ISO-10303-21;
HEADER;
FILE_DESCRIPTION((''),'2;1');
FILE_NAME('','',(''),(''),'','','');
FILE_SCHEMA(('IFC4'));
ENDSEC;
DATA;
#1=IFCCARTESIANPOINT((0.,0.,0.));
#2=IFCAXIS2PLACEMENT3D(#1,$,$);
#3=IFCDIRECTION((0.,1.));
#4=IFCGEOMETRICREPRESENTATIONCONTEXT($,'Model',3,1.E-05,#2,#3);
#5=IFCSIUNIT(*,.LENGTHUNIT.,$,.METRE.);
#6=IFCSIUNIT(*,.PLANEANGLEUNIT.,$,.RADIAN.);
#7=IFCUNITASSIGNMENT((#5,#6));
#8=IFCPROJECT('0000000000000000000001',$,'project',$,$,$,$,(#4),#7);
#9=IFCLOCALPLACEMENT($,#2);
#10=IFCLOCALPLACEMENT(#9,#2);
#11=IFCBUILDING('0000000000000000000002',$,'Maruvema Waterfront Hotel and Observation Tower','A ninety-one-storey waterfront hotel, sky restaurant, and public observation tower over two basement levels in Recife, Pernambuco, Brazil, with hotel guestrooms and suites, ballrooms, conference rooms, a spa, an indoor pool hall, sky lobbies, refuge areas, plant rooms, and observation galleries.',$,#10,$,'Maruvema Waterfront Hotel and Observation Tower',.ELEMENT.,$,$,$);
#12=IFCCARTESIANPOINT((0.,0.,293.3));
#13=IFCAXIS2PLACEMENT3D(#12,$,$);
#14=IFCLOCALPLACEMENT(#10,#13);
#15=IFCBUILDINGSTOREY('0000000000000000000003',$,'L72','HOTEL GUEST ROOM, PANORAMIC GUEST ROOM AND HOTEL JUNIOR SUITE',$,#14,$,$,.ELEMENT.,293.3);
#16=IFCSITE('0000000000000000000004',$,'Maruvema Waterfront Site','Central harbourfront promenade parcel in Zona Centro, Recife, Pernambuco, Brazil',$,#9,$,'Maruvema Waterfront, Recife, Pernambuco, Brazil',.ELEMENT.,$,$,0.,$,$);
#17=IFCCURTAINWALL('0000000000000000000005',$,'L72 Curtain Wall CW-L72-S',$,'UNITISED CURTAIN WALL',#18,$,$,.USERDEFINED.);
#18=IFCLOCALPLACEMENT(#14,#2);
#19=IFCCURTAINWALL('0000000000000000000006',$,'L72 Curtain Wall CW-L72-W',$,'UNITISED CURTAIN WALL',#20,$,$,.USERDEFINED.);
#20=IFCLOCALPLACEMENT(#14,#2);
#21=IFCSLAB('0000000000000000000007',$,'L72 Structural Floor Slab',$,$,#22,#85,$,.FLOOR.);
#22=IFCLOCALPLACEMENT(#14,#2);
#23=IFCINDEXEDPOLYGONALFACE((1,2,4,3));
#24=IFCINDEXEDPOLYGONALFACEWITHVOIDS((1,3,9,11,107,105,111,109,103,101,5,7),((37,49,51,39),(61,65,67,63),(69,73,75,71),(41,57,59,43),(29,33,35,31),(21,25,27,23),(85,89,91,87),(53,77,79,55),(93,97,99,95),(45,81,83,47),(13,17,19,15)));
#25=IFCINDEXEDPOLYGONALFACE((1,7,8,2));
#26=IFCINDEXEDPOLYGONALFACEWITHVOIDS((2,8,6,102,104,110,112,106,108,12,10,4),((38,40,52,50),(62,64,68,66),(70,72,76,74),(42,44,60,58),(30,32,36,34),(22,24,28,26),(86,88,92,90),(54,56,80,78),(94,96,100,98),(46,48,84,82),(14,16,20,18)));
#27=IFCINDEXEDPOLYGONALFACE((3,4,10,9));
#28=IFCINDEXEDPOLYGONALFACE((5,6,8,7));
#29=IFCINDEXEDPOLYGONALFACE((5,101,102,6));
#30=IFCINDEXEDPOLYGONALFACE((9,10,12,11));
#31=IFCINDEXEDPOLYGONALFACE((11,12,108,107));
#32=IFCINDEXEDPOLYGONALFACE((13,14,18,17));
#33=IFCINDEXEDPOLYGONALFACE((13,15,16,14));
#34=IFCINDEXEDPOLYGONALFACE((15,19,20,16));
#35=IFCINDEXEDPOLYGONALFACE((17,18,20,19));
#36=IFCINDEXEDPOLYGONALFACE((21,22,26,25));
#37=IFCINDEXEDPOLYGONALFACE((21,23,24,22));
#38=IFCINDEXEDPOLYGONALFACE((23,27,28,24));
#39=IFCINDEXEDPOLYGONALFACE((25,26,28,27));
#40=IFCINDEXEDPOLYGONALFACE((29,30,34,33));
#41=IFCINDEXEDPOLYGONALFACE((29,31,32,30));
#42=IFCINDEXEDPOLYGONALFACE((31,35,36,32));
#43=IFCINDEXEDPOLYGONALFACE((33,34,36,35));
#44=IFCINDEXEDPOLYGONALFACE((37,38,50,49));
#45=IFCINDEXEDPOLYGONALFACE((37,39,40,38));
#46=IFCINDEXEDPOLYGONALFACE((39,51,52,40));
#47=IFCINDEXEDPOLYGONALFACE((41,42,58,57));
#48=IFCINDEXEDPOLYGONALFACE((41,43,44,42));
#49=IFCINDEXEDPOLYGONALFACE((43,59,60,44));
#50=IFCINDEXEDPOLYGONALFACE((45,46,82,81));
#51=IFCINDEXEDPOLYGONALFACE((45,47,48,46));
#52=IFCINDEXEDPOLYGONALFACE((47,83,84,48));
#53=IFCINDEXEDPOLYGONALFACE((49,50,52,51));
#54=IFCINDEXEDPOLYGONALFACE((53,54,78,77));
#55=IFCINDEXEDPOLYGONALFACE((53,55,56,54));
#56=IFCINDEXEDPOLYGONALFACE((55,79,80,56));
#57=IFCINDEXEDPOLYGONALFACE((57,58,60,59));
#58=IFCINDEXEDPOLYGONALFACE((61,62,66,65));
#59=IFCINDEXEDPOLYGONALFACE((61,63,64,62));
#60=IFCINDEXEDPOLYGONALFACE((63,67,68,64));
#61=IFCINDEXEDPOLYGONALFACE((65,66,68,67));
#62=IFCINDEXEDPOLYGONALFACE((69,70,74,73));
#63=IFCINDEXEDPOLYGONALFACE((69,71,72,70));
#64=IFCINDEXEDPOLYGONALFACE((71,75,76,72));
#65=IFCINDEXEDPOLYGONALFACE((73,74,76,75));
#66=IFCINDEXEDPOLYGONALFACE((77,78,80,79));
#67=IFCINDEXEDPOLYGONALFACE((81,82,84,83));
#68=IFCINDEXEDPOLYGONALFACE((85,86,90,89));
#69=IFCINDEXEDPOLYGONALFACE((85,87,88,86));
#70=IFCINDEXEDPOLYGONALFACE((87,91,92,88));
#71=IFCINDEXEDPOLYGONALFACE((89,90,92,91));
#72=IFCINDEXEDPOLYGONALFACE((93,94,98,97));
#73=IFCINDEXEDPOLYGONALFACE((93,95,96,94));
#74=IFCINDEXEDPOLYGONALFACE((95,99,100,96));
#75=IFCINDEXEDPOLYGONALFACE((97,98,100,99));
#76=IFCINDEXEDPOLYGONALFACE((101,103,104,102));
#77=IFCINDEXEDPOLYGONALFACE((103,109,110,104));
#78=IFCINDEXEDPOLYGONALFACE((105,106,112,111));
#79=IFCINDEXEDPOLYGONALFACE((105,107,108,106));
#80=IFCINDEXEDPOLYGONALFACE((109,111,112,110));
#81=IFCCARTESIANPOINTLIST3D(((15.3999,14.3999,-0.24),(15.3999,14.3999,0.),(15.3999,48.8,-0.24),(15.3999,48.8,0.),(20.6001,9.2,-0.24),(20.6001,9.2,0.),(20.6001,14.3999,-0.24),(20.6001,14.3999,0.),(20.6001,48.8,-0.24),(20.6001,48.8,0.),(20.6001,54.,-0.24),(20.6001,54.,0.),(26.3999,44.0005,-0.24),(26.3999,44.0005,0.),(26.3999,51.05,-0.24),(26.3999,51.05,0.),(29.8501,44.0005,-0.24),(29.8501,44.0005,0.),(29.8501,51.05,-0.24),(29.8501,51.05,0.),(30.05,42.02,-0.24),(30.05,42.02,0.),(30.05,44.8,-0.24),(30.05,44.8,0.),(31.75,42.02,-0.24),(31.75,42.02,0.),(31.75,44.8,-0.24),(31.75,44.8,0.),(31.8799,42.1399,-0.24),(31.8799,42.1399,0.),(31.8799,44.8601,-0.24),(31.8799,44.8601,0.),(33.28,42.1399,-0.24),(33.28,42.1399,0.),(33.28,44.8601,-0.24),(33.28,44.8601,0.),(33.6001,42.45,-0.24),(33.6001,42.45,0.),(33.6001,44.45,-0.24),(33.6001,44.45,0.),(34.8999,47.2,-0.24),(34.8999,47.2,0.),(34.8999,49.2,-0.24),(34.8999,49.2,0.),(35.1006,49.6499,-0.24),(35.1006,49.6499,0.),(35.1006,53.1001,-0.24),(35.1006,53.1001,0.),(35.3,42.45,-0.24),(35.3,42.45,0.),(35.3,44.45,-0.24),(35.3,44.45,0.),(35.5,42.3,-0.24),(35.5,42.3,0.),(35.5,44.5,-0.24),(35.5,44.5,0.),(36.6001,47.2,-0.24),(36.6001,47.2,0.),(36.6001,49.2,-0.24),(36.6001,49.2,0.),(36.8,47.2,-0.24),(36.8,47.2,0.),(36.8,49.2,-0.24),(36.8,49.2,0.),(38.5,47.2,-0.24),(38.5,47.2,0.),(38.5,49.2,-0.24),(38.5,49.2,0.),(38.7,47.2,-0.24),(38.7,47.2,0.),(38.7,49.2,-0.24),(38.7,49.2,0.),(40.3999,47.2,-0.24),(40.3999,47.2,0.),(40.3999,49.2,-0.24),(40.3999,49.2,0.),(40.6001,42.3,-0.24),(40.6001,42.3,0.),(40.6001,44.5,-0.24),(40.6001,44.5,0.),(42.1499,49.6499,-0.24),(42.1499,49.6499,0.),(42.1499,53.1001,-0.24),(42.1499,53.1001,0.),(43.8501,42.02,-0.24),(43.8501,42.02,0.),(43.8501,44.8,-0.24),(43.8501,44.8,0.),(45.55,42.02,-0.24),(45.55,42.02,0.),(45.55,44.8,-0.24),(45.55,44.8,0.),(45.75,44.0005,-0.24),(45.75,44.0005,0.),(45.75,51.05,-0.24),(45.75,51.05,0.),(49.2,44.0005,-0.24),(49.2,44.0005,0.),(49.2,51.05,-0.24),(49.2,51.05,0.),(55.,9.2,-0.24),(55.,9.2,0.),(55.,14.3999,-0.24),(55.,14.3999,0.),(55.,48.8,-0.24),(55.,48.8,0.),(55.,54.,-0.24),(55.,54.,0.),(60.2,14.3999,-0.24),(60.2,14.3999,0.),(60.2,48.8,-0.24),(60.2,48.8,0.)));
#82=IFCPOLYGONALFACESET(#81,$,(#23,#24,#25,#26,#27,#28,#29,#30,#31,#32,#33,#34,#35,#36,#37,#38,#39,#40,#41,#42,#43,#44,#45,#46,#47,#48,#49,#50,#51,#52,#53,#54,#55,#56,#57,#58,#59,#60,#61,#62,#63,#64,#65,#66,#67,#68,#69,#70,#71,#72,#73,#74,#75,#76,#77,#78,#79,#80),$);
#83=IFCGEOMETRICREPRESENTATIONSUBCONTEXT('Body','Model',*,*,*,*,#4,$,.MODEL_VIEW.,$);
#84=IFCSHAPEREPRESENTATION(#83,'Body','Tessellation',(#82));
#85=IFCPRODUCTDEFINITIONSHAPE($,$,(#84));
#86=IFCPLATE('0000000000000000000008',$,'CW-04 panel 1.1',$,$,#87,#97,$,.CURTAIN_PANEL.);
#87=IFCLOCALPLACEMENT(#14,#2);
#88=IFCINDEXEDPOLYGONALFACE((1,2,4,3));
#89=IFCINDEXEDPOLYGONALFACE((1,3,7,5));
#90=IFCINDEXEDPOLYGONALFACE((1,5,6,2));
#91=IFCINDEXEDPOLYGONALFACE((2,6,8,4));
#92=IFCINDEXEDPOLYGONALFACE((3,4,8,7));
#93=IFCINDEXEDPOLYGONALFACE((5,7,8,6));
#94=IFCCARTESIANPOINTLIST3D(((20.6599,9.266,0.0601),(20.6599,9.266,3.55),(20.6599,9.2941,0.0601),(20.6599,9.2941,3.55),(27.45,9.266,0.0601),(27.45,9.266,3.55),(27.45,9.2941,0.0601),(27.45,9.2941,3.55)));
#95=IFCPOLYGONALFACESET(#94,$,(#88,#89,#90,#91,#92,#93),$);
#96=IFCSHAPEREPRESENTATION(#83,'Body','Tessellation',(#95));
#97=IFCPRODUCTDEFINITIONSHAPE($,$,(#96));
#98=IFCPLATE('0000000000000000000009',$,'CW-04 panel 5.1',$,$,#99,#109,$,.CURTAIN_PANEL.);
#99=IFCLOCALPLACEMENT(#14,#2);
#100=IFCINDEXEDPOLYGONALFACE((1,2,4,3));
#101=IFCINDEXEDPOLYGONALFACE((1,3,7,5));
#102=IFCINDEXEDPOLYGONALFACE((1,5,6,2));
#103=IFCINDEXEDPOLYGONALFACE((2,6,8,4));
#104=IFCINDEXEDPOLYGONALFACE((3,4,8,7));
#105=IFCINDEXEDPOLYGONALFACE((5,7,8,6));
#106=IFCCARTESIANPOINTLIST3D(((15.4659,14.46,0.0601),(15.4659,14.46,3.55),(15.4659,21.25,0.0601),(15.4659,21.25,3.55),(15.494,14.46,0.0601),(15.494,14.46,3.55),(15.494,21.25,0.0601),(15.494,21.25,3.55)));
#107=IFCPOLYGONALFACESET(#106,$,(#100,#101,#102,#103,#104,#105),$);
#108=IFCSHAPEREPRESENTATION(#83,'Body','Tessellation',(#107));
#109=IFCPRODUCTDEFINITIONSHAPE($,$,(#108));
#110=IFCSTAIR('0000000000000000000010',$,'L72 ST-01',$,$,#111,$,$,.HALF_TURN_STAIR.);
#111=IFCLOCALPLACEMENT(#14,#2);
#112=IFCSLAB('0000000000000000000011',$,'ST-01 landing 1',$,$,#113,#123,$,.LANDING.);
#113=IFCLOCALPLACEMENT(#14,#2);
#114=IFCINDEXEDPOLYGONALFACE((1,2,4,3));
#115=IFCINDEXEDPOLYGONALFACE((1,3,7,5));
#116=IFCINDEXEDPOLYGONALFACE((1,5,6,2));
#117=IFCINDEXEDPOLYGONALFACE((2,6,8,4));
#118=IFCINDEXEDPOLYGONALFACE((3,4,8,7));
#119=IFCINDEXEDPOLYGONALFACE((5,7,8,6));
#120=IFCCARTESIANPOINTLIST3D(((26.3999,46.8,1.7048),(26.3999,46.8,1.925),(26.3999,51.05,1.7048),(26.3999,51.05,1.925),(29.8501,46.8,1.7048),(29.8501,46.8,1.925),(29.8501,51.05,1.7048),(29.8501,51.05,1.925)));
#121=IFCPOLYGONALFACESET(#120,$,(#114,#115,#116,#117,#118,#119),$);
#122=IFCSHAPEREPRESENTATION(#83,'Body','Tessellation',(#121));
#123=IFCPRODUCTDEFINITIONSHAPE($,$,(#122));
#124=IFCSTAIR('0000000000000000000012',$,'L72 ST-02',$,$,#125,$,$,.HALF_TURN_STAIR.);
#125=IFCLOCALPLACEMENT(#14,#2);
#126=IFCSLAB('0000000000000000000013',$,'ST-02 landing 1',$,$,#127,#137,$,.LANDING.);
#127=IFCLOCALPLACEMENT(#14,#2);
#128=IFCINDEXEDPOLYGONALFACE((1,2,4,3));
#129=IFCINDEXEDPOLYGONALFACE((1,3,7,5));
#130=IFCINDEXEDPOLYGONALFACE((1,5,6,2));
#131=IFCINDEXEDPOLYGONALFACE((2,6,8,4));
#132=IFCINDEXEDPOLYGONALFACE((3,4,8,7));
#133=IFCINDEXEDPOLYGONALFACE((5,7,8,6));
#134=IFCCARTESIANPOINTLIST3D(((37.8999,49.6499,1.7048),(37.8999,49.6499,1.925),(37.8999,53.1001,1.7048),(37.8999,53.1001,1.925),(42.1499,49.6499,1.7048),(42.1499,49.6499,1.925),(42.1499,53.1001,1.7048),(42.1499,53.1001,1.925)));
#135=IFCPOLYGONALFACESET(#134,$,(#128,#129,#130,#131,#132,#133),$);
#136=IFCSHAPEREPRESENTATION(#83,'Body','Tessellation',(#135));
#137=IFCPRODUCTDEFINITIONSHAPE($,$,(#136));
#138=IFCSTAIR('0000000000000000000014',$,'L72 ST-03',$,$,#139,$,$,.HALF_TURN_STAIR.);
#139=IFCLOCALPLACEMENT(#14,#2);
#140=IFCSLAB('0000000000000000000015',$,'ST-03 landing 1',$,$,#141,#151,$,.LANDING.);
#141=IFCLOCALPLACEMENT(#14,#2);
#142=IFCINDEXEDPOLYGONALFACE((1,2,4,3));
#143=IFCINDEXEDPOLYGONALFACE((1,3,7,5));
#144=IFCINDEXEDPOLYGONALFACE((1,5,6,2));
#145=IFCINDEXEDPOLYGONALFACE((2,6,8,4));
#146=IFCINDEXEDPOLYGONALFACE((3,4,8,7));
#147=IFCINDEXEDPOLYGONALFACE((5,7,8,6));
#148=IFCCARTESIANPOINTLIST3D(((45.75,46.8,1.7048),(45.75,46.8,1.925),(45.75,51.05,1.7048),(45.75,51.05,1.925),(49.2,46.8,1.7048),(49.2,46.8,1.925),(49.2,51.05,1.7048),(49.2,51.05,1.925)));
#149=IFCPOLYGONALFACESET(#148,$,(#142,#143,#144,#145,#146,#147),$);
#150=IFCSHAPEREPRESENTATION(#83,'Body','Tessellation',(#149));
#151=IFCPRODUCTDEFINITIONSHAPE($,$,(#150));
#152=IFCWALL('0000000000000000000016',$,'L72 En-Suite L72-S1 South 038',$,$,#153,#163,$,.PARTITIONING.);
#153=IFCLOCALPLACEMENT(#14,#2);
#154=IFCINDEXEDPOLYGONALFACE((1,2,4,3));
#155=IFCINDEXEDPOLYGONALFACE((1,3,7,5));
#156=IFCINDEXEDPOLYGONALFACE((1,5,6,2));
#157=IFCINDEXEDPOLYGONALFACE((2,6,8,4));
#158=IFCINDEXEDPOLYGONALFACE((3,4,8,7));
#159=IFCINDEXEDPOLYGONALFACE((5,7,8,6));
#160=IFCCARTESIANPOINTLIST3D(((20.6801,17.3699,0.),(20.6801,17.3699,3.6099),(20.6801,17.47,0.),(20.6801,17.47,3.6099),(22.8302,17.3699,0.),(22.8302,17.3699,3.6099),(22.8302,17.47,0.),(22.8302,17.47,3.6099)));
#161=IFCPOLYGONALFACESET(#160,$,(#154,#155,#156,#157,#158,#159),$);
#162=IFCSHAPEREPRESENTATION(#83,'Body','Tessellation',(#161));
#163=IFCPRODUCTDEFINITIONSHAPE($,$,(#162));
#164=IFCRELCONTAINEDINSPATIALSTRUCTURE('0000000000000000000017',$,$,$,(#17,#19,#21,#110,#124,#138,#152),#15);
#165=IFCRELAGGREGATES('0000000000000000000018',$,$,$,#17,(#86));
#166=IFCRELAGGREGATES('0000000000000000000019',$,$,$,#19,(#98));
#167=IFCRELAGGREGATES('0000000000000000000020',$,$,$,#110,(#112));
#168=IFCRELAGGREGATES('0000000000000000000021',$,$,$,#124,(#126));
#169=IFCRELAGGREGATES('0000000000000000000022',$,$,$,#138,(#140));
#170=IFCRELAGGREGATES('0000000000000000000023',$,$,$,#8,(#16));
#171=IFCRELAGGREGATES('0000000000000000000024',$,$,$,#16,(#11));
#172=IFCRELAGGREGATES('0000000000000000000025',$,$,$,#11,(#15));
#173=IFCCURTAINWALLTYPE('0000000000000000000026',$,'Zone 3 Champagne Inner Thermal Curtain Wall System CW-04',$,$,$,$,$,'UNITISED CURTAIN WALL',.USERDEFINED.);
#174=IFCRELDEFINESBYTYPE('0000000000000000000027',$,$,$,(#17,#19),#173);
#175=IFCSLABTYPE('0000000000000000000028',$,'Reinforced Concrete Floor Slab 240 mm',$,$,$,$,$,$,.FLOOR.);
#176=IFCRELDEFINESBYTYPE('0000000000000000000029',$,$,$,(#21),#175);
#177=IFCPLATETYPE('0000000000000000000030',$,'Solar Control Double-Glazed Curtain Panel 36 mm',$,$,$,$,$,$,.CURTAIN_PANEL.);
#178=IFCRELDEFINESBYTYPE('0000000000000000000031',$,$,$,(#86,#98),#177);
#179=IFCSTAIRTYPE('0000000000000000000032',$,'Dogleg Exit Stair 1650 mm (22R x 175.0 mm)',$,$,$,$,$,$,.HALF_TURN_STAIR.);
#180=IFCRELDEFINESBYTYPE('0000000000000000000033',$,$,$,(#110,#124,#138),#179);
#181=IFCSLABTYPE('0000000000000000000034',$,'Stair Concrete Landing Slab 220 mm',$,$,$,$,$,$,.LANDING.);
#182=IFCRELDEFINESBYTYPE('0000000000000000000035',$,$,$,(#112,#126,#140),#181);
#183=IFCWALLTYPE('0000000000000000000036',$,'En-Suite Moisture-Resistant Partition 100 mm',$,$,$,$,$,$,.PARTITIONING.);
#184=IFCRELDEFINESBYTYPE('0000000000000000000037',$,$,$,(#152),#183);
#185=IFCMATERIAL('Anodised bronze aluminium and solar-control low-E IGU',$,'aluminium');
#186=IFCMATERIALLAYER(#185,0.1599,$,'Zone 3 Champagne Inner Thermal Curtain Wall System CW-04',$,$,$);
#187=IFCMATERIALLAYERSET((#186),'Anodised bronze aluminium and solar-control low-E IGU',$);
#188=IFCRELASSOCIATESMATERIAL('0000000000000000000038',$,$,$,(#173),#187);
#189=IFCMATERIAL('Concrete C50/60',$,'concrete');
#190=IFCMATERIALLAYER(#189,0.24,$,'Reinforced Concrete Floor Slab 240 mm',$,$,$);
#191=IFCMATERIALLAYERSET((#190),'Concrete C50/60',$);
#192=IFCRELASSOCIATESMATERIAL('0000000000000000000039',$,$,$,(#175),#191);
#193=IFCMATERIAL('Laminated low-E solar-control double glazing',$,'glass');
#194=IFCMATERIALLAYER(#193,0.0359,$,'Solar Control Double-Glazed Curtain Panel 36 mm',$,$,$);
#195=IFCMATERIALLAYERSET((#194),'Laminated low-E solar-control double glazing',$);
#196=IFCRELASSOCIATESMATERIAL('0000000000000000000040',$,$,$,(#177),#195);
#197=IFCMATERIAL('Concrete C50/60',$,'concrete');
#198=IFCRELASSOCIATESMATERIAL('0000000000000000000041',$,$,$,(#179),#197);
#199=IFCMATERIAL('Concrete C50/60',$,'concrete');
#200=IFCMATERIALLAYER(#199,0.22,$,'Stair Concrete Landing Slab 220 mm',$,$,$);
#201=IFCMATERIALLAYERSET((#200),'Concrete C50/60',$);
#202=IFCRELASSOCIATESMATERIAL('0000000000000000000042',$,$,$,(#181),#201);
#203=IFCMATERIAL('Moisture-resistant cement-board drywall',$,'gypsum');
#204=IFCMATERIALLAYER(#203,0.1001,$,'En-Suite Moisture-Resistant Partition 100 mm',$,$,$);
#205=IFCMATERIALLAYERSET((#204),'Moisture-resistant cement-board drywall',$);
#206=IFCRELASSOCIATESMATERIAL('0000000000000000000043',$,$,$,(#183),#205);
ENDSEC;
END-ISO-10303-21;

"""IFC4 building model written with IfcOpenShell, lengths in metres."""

from ifc_helpers import new_model, si_unit, direction, frame, frame_2d, origin, origin_2d, place, context, subcontext, project, spatial, polyline, rectangle, outline, extrude, material, layer, layer_set, type_object, element, aggregate, save


model = new_model("IFC4")

# Units and contexts
model_context = context("Model", 3, precision=1e-05, world=origin(), true_north=direction((0.0, 1.0)))
body_context = subcontext(model_context, "Body", "Model", "MODEL_VIEW")
ifc_project = project(units=[si_unit("LENGTHUNIT", "METRE"), si_unit("PLANEANGLEUNIT", "RADIAN")], contexts=[model_context])

# Site, building, storey
site_placement = place(None, origin())
site = spatial("IfcSite", under=ifc_project, at=site_placement, Name="Maruvema Waterfront Site", Description="Central harbourfront promenade parcel in Zona Centro, Recife, Pernambuco, Brazil", LongName="Maruvema Waterfront, Recife, Pernambuco, Brazil", CompositionType="ELEMENT", RefElevation=0.0)
building_placement = place(site_placement, origin())
building = spatial("IfcBuilding", under=site, at=building_placement, Name="Maruvema Waterfront Hotel and Observation Tower", Description="A ninety-one-storey waterfront hotel, sky restaurant, and public observation tower over two basement levels in Recife, Pernambuco, Brazil, with hotel guestrooms and suites, ballrooms, conference rooms, a spa, an indoor pool hall, sky lobbies, refuge areas, plant rooms, and observation galleries.", LongName="Maruvema Waterfront Hotel and Observation Tower", CompositionType="ELEMENT")
storey_placement = place(building_placement, frame((0.0, 0.0, 293.3)))
storey = spatial("IfcBuildingStorey", under=building, at=storey_placement, Name="L72", Description="HOTEL GUEST ROOM, PANORAMIC GUEST ROOM AND HOTEL JUNIOR SUITE", CompositionType="ELEMENT", Elevation=293.3)

# Curtain wall
ifc_material_1 = material(Name="Anodised bronze aluminium and solar-control low-E IGU", Category="aluminium")
ifc_layer_1 = layer(ifc_material_1, 0.1599, Name="Zone 3 Champagne Inner Thermal Curtain Wall System CW-04")
ifc_layer_set_1 = layer_set([ifc_layer_1], Name="Anodised bronze aluminium and solar-control low-E IGU")
curtain_wall_type = type_object("IfcCurtainWallType", Name="Zone 3 Champagne Inner Thermal Curtain Wall System CW-04", ElementType="UNITISED CURTAIN WALL", PredefinedType="USERDEFINED", material=ifc_layer_set_1)
curtain_wall_1_placement = place(storey_placement, origin())
curtain_wall_1 = element("IfcCurtainWall", 1, at=curtain_wall_1_placement, inside=storey, type_object=curtain_wall_type, Name="L72 Curtain Wall CW-L72-S", ObjectType="UNITISED CURTAIN WALL", PredefinedType="USERDEFINED")

# Curtain wall
curtain_wall_2_placement = place(storey_placement, origin())
curtain_wall_2 = element("IfcCurtainWall", 2, at=curtain_wall_2_placement, inside=storey, type_object=curtain_wall_type, Name="L72 Curtain Wall CW-L72-W", ObjectType="UNITISED CURTAIN WALL", PredefinedType="USERDEFINED")

# Slab
ifc_material_2 = material(Name="Concrete C50/60", Category="concrete")
ifc_layer_2 = layer(ifc_material_2, 0.24, Name="Reinforced Concrete Floor Slab 240 mm")
ifc_layer_set_2 = layer_set([ifc_layer_2], Name="Concrete C50/60")
slab_type_1 = type_object("IfcSlabType", Name="Reinforced Concrete Floor Slab 240 mm", PredefinedType="FLOOR", material=ifc_layer_set_2)
slab_1_placement = place(storey_placement, frame((0.0, 0.0, -0.24)))
element("IfcSlab", 3, at=slab_1_placement, inside=storey, type_object=slab_type_1, Name="L72 Structural Floor Slab", PredefinedType="FLOOR", context=body_context, shape_type="SweptSolid", body=[
    extrude(outline(polyline([(20.6001, 9.2), (55.0, 9.2), (55.0, 14.3999), (60.2, 14.3999), (60.2, 48.8), (55.0, 48.8), (55.0, 54.0), (20.6001, 54.0), (20.6001, 48.8), (15.3999, 48.8), (15.3999, 14.3999), (20.6001, 14.3999), (20.6001, 9.2)]), holes=[polyline([(26.3999, 44.0005), (26.3999, 51.05), (29.8501, 51.05), (29.8501, 44.0005), (26.3999, 44.0005)]), polyline([(30.05, 44.8), (31.75, 44.8), (31.75, 42.02), (30.05, 42.02), (30.05, 44.8)]), polyline([(31.8799, 42.1399), (31.8799, 44.8601), (33.28, 44.8601), (33.28, 42.1399), (31.8799, 42.1399)]), polyline([(33.6001, 44.45), (35.3, 44.45), (35.3, 42.45), (33.6001, 42.45), (33.6001, 44.45)]), polyline([(34.8999, 49.2), (36.6001, 49.2), (36.6001, 47.2), (34.8999, 47.2), (34.8999, 49.2)]), polyline([(36.8, 47.2), (36.8, 49.2), (38.5, 49.2), (38.5, 47.2), (36.8, 47.2)]), polyline([(35.5, 42.3), (35.5, 44.5), (40.6001, 44.5), (40.6001, 42.3), (35.5, 42.3)]), polyline([(35.1006, 53.1001), (42.1499, 53.1001), (42.1499, 49.6499), (35.1006, 49.6499), (35.1006, 53.1001)]), polyline([(38.7, 49.2), (40.3999, 49.2), (40.3999, 47.2), (38.7, 47.2), (38.7, 49.2)]), polyline([(43.8501, 44.8), (45.55, 44.8), (45.55, 42.02), (43.8501, 42.02), (43.8501, 44.8)]), polyline([(45.75, 44.0005), (45.75, 51.05), (49.2, 51.05), (49.2, 44.0005), (45.75, 44.0005)])]), origin(), (0.0, 0.0, 1.0), 0.24),
])

# Plates
ifc_material_3 = material(Name="Laminated low-E solar-control double glazing", Category="glass")
ifc_layer_3 = layer(ifc_material_3, 0.0359, Name="Solar Control Double-Glazed Curtain Panel 36 mm")
ifc_layer_set_3 = layer_set([ifc_layer_3], Name="Laminated low-E solar-control double glazing")
plate_type = type_object("IfcPlateType", Name="Solar Control Double-Glazed Curtain Panel 36 mm", PredefinedType="CURTAIN_PANEL", material=ifc_layer_set_3)
plate_1_placement = place(storey_placement, frame((24.0549, 9.28, 0.0601), z_axis=(0.0, 0.0, 1.0), x_axis=(1.0, 0.0, 0.0)))
plate_1 = element("IfcPlate", 4, at=plate_1_placement, type_object=plate_type, Name="CW-04 panel 1.1", PredefinedType="CURTAIN_PANEL", context=body_context, shape_type="SweptSolid", body=[
    extrude(rectangle(XDim=6.79, YDim=0.0281, at=origin_2d()), origin(), (0.0, 0.0, 1.0), 3.49),
])
aggregate(curtain_wall_1, [plate_1])
plate_2_placement = place(storey_placement, frame((15.48, 17.855, 0.0601), z_axis=(0.0, 0.0, 1.0), x_axis=(0.0, -1.0, 0.0)))
plate_2 = element("IfcPlate", 5, at=plate_2_placement, type_object=plate_type, Name="CW-04 panel 5.1", PredefinedType="CURTAIN_PANEL", context=body_context, shape_type="SweptSolid", body=[
    extrude(rectangle(XDim=6.79, YDim=0.0281, at=origin_2d()), origin(), (0.0, 0.0, 1.0), 3.49),
])
aggregate(curtain_wall_2, [plate_2])

# Stairs, slabs
ifc_material_4 = material(Name="Concrete C50/60", Category="concrete")
stair_type = type_object("IfcStairType", Name="Dogleg Exit Stair 1650 mm (22R x 175.0 mm)", PredefinedType="HALF_TURN_STAIR", material=ifc_material_4)
stair_1_placement = place(storey_placement, origin())
stair_1 = element("IfcStair", 6, at=stair_1_placement, inside=storey, type_object=stair_type, Name="L72 ST-01", PredefinedType="HALF_TURN_STAIR")
ifc_material_5 = material(Name="Concrete C50/60", Category="concrete")
ifc_layer_4 = layer(ifc_material_5, 0.22, Name="Stair Concrete Landing Slab 220 mm")
ifc_layer_set_4 = layer_set([ifc_layer_4], Name="Concrete C50/60")
slab_type_2 = type_object("IfcSlabType", Name="Stair Concrete Landing Slab 220 mm", PredefinedType="LANDING", material=ifc_layer_set_4)
slab_2_placement = place(storey_placement, frame((0.0, 0.0, 1.7048)))
slab_2 = element("IfcSlab", 7, at=slab_2_placement, type_object=slab_type_2, Name="ST-01 landing 1", PredefinedType="LANDING", context=body_context, shape_type="SweptSolid", body=[
    extrude(outline(polyline([(29.8501, 46.8), (29.8501, 51.05), (26.3999, 51.05), (26.3999, 46.8), (29.8501, 46.8)])), origin(), (0.0, 0.0, 1.0), 0.2202),
])
aggregate(stair_1, [slab_2])
stair_2_placement = place(storey_placement, origin())
stair_2 = element("IfcStair", 8, at=stair_2_placement, inside=storey, type_object=stair_type, Name="L72 ST-02", PredefinedType="HALF_TURN_STAIR")
slab_3_placement = place(storey_placement, frame((0.0, 0.0, 1.7048)))
slab_3 = element("IfcSlab", 9, at=slab_3_placement, type_object=slab_type_2, Name="ST-02 landing 1", PredefinedType="LANDING", context=body_context, shape_type="SweptSolid", body=[
    extrude(outline(polyline([(37.8999, 49.6499), (42.1499, 49.6499), (42.1499, 53.1001), (37.8999, 53.1001), (37.8999, 49.6499)])), origin(), (0.0, 0.0, 1.0), 0.2202),
])
aggregate(stair_2, [slab_3])
stair_3_placement = place(storey_placement, origin())
stair_3 = element("IfcStair", 10, at=stair_3_placement, inside=storey, type_object=stair_type, Name="L72 ST-03", PredefinedType="HALF_TURN_STAIR")
slab_4_placement = place(storey_placement, frame((0.0, 0.0, 1.7048)))
slab_4 = element("IfcSlab", 11, at=slab_4_placement, type_object=slab_type_2, Name="ST-03 landing 1", PredefinedType="LANDING", context=body_context, shape_type="SweptSolid", body=[
    extrude(outline(polyline([(49.2, 46.8), (49.2, 51.05), (45.75, 51.05), (45.75, 46.8), (49.2, 46.8)])), origin(), (0.0, 0.0, 1.0), 0.2202),
])
aggregate(stair_3, [slab_4])

# Wall
ifc_material_6 = material(Name="Moisture-resistant cement-board drywall", Category="gypsum")
ifc_layer_5 = layer(ifc_material_6, 0.1001, Name="En-Suite Moisture-Resistant Partition 100 mm")
ifc_layer_set_5 = layer_set([ifc_layer_5], Name="Moisture-resistant cement-board drywall")
wall_type_1 = type_object("IfcWallType", Name="En-Suite Moisture-Resistant Partition 100 mm", PredefinedType="PARTITIONING", material=ifc_layer_set_5)
wall_1_placement = place(storey_placement, frame((20.6799, 17.4199, 0.0), z_axis=(0.0, 0.0, 1.0), x_axis=(1.0, 0.0, 0.0)))
element("IfcWall", 12, at=wall_1_placement, inside=storey, type_object=wall_type_1, Name="L72 En-Suite L72-S1 South 038", PredefinedType="PARTITIONING", context=body_context, shape_type="SweptSolid", body=[
    extrude(rectangle(XDim=2.1501, YDim=0.1001, at=frame_2d((1.0752, 0.0))), origin(), (0.0, 0.0, 1.0), 3.6099),
])

save(model, "model.ifc")
